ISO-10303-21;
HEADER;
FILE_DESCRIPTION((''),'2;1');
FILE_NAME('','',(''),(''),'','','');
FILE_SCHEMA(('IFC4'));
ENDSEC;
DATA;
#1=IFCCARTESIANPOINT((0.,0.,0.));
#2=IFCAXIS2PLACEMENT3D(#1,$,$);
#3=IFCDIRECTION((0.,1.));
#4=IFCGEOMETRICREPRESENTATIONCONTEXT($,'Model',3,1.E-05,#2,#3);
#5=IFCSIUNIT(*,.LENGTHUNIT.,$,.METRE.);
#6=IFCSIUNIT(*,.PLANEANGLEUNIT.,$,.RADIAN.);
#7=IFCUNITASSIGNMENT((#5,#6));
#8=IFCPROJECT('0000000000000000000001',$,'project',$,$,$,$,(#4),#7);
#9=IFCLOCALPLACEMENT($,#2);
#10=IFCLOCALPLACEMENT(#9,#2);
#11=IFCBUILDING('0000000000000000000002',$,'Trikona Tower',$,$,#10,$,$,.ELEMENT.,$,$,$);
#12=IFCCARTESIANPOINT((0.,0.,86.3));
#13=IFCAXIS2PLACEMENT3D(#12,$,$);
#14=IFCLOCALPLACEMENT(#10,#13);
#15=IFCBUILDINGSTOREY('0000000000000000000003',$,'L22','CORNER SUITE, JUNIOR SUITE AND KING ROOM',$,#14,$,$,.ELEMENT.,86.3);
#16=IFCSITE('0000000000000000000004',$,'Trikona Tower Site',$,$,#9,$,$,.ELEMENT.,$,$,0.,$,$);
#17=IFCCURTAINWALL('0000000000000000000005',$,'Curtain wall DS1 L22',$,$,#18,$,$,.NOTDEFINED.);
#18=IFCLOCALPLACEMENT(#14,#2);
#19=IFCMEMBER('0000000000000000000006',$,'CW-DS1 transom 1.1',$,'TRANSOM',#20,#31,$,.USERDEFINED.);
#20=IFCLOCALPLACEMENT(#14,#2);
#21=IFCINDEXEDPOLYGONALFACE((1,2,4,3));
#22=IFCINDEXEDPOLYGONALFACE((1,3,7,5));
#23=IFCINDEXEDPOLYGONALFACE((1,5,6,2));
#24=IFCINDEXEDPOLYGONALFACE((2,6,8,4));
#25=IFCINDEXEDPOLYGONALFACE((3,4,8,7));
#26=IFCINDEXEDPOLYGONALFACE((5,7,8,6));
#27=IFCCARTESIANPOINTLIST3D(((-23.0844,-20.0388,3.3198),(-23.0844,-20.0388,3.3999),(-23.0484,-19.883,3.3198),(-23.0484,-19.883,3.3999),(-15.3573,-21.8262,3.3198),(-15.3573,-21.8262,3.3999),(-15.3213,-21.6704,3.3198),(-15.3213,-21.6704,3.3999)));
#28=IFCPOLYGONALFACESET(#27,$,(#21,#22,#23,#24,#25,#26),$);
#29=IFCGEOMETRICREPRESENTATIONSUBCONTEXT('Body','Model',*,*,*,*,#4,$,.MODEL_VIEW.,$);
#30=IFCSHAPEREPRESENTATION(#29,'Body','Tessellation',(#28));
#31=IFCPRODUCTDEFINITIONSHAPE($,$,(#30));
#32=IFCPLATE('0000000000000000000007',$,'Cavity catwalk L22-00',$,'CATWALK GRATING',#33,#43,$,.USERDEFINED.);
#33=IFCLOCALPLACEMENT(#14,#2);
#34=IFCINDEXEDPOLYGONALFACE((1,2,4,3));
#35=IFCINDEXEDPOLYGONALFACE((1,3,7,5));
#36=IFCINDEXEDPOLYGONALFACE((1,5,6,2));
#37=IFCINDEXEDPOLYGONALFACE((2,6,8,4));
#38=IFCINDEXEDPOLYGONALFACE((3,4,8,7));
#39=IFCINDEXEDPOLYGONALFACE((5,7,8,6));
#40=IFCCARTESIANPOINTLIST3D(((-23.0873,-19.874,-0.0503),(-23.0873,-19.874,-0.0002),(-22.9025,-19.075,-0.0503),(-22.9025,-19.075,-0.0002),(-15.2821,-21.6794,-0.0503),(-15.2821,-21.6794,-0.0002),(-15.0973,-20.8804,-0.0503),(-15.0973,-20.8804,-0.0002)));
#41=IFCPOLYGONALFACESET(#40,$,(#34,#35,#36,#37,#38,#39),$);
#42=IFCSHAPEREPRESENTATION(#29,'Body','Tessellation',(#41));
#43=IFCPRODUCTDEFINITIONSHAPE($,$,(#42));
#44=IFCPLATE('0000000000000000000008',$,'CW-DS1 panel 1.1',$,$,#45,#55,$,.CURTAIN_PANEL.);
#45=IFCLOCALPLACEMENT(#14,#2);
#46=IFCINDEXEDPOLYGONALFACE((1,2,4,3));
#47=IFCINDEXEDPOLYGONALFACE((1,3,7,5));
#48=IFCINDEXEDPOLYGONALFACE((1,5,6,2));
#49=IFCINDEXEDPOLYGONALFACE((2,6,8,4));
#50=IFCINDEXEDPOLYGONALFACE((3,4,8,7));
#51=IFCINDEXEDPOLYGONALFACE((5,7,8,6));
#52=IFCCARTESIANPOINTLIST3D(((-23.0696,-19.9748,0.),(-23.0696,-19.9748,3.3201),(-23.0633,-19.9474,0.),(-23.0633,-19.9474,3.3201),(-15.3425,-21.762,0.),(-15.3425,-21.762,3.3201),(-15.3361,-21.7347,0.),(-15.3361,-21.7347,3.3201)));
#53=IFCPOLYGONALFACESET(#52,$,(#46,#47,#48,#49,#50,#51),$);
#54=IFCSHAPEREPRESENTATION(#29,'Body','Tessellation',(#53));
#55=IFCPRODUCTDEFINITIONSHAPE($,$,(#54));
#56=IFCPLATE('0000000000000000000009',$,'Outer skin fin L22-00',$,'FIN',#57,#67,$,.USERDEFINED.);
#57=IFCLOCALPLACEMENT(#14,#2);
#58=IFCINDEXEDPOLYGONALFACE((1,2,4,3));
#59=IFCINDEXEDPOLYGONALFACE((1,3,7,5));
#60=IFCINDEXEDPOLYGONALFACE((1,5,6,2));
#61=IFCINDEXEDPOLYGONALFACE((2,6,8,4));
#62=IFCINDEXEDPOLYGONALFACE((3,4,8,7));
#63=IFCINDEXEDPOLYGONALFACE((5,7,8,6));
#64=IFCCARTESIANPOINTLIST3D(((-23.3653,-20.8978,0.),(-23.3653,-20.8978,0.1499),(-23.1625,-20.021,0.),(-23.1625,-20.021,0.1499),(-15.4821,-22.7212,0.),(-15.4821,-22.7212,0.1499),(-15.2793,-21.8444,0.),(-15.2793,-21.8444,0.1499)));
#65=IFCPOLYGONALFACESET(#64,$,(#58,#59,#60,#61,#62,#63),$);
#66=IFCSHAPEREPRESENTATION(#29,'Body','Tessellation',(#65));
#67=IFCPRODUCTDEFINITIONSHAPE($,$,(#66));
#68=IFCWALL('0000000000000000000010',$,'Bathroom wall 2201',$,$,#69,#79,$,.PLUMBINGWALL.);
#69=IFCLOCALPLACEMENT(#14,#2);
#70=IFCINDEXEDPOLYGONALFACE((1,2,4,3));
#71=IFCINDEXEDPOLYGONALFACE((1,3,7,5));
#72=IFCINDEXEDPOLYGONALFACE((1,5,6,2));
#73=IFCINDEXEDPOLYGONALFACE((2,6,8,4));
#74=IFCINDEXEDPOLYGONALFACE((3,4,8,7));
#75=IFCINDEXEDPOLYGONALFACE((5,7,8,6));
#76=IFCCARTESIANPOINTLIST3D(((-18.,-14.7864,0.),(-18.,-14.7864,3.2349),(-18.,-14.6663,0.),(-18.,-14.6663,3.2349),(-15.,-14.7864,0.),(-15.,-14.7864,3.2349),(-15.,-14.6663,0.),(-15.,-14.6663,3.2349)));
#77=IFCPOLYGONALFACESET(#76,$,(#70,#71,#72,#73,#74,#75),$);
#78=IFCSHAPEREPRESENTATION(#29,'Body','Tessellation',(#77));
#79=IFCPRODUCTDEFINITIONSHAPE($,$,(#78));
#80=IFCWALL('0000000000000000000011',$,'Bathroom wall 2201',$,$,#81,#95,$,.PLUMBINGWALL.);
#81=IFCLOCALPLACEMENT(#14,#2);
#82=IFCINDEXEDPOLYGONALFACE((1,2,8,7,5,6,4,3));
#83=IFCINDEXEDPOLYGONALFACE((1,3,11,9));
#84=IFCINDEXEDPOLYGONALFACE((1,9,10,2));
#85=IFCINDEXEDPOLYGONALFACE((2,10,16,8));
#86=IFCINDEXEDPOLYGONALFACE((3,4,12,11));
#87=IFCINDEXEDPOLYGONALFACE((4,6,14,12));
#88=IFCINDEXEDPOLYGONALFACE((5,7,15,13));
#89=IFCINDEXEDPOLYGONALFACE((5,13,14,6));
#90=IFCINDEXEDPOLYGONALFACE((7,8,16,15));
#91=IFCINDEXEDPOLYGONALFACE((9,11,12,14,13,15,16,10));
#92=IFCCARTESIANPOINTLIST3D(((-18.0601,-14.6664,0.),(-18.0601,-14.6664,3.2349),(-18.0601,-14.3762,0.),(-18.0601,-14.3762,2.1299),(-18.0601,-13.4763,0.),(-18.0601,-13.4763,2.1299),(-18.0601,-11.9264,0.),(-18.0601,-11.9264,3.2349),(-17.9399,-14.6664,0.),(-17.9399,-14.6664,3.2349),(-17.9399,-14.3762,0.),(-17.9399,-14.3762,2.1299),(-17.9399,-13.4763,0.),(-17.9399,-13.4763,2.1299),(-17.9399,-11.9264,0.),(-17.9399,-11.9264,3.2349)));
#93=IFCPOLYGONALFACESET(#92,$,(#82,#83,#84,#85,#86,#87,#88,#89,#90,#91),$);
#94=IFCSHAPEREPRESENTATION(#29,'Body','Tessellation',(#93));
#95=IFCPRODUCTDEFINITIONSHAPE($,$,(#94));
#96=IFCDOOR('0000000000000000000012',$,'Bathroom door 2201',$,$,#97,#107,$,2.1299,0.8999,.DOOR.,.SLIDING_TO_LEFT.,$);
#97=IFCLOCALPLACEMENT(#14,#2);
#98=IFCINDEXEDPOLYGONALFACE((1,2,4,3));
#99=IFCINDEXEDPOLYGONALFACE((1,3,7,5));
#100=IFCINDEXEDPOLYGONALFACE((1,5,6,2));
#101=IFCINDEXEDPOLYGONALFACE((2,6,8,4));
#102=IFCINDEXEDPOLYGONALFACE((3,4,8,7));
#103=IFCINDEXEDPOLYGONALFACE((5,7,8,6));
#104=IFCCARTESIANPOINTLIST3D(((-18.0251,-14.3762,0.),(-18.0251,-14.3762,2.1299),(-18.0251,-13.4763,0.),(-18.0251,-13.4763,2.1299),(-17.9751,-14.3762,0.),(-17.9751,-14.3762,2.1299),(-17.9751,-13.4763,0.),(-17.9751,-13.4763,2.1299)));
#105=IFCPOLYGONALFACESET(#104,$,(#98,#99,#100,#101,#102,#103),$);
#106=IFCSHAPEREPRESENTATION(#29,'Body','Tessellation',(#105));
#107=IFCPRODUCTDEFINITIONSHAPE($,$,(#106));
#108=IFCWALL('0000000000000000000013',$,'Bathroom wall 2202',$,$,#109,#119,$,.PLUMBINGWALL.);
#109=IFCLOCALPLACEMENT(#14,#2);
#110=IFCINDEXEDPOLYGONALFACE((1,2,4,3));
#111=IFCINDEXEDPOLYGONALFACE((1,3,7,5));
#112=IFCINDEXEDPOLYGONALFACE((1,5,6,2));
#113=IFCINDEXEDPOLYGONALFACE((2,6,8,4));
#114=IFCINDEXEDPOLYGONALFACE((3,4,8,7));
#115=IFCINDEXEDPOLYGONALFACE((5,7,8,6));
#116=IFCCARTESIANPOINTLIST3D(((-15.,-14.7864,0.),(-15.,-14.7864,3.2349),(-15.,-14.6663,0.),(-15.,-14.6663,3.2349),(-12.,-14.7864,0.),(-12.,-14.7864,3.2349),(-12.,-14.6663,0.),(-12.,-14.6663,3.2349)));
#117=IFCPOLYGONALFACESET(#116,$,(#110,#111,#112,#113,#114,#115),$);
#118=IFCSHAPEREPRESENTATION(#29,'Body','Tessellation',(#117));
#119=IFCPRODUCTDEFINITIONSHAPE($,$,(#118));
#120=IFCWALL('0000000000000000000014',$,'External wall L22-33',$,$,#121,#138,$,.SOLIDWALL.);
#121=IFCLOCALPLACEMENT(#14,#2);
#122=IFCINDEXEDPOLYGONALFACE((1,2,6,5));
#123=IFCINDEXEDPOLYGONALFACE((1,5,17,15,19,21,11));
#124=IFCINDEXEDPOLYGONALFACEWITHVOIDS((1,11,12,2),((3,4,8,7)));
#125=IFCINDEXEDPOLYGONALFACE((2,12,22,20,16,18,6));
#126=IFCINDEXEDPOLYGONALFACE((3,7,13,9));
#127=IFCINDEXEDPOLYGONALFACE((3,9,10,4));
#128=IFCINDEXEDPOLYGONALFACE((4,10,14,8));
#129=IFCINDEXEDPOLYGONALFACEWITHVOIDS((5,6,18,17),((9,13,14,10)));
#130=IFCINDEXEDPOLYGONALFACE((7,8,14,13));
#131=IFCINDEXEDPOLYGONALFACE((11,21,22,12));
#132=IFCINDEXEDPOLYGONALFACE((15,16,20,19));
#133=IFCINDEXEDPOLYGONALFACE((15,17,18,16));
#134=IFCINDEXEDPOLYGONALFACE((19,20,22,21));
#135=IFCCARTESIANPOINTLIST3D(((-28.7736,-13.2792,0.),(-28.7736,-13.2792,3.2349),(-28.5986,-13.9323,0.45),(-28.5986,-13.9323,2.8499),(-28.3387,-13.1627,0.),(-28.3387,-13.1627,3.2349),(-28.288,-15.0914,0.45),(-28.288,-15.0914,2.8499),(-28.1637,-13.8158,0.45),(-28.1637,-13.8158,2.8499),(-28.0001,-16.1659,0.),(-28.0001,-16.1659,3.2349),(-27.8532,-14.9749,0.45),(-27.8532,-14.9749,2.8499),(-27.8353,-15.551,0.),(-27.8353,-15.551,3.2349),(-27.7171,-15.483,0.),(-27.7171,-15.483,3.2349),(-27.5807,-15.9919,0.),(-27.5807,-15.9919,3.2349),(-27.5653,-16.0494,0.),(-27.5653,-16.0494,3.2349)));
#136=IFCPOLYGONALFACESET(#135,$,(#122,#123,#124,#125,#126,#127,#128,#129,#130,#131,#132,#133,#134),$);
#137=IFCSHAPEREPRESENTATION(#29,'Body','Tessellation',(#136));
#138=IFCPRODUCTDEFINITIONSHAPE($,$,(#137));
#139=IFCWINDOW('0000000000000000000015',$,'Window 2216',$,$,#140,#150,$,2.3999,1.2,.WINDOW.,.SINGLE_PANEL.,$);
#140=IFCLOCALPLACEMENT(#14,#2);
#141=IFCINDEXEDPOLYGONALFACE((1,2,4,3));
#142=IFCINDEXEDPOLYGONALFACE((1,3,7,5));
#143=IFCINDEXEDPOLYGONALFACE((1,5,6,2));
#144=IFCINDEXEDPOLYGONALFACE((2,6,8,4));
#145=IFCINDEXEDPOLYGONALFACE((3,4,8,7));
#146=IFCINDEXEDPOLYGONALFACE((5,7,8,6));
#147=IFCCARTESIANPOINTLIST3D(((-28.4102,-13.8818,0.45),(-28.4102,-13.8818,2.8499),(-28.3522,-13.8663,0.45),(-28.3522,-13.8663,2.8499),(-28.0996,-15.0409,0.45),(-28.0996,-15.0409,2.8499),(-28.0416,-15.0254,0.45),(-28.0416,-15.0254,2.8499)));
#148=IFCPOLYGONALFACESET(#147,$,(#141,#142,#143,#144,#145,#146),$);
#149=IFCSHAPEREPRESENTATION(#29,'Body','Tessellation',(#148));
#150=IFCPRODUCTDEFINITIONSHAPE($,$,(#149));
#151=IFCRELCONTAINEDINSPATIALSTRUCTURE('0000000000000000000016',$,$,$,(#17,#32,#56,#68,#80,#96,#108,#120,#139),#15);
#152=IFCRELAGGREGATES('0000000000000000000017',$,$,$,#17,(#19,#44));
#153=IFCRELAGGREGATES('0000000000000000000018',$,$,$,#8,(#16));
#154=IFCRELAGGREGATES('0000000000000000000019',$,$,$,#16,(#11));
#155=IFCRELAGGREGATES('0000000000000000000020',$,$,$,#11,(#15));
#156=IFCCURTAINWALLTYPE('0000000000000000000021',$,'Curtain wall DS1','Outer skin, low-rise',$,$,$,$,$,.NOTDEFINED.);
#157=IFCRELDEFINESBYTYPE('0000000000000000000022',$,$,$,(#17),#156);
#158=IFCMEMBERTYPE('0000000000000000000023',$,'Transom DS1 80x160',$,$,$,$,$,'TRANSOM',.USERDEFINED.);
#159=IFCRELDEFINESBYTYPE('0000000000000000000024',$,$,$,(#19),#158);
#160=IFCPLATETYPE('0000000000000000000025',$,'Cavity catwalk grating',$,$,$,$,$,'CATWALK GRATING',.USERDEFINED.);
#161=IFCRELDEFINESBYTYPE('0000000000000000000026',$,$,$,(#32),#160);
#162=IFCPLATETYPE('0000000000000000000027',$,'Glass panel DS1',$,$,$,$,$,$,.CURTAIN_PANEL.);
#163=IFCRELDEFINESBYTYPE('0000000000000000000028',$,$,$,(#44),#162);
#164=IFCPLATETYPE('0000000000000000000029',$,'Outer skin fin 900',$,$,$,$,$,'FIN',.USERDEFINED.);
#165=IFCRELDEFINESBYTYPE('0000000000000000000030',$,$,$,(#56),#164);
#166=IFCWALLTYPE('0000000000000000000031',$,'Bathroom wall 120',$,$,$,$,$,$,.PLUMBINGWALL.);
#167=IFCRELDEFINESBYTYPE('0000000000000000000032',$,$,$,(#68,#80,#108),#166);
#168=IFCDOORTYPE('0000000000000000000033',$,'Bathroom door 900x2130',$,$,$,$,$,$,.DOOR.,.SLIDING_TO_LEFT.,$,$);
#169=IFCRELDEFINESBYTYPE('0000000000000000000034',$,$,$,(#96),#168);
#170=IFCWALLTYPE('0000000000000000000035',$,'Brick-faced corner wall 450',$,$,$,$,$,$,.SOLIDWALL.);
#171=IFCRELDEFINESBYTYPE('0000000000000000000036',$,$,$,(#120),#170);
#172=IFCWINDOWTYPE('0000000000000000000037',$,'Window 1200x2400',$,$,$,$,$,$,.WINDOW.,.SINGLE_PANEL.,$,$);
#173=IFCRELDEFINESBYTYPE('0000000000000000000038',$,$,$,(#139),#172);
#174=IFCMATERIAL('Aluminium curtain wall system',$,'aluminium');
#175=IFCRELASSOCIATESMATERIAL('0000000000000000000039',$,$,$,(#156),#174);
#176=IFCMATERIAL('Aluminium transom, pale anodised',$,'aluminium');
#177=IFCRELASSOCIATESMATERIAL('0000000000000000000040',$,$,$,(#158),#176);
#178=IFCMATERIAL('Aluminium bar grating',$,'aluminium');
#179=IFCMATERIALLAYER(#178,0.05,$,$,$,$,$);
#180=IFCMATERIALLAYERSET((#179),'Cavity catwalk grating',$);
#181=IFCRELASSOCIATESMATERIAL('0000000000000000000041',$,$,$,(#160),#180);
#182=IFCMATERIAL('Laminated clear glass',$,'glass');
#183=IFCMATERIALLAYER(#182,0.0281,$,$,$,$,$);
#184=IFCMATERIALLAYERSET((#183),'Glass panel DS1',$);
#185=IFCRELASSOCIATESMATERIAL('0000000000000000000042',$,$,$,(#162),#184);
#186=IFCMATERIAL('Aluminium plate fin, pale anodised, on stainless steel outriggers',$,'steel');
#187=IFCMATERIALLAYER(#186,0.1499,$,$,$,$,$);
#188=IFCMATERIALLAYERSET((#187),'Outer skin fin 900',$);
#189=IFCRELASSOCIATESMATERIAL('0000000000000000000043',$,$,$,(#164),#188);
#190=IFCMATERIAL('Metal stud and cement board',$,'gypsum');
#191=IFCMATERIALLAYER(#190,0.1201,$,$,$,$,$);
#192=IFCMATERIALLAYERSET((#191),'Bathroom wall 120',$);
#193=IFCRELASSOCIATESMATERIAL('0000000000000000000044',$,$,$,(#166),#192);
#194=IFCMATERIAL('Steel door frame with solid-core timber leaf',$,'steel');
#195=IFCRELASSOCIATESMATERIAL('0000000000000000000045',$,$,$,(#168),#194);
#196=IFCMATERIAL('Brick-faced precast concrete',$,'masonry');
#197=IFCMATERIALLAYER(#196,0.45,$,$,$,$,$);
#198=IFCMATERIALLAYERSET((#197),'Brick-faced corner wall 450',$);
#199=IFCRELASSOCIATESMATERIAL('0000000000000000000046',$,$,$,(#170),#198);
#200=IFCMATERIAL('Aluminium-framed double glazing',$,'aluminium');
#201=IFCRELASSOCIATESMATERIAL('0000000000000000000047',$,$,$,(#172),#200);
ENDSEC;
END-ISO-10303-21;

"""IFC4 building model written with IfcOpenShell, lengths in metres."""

from ifc_helpers import new_model, si_unit, direction, frame, frame_2d, origin, origin_2d, place, context, subcontext, project, spatial, polyline, rectangle, outline, extrude, material, layer, layer_set, material_profile, profile_set, type_object, element, fill, aggregate, save


model = new_model("IFC4")

# Units and contexts
model_context = context("Model", 3, precision=1e-05, world=origin(), true_north=direction((0.0, 1.0)))
body_context = subcontext(model_context, "Body", "Model", "MODEL_VIEW")
ifc_project = project(units=[si_unit("LENGTHUNIT", "METRE"), si_unit("PLANEANGLEUNIT", "RADIAN")], contexts=[model_context])

# Site, building, storey
site_placement = place(None, origin())
site = spatial("IfcSite", under=ifc_project, at=site_placement, Name="Trikona Tower Site", CompositionType="ELEMENT", RefElevation=0.0)
building_placement = place(site_placement, origin())
building = spatial("IfcBuilding", under=site, at=building_placement, Name="Trikona Tower", CompositionType="ELEMENT")
storey_placement = place(building_placement, frame((0.0, 0.0, 86.3)))
storey = spatial("IfcBuildingStorey", under=building, at=storey_placement, Name="L22", Description="CORNER SUITE, JUNIOR SUITE AND KING ROOM", CompositionType="ELEMENT", Elevation=86.3)

# Curtain wall
ifc_material_1 = material(Name="Aluminium curtain wall system", Category="aluminium")
curtain_wall_type = type_object("IfcCurtainWallType", Name="Curtain wall DS1", Description="Outer skin, low-rise", PredefinedType="NOTDEFINED", material=ifc_material_1)
curtain_wall_1_placement = place(storey_placement, origin())
curtain_wall_1 = element("IfcCurtainWall", 1, at=curtain_wall_1_placement, inside=storey, type_object=curtain_wall_type, Name="Curtain wall DS1 L22", PredefinedType="NOTDEFINED")

# Member
ifc_material_2 = material(Name="Aluminium transom, pale anodised", Category="aluminium")
ifc_material_profile_1 = material_profile(ifc_material_2, rectangle(XDim=0.1599, YDim=0.0801, at=origin_2d()), Name="TRN-DS1")
ifc_profile_set_1 = profile_set([ifc_material_profile_1], Name="Aluminium transom, pale anodised")
member_type_1 = type_object("IfcMemberType", Name="Transom DS1 80x160", ElementType="TRANSOM", PredefinedType="USERDEFINED", material=ifc_profile_set_1)
member_1_placement = place(storey_placement, frame((-23.0664, -19.9609, 3.3599), z_axis=(0.974275, -0.225361, 0.0), x_axis=(0.225361, 0.974275, 0.0)))
member_1 = element("IfcMember", 2, at=member_1_placement, type_object=member_type_1, Name="CW-DS1 transom 1.1", ObjectType="TRANSOM", PredefinedType="USERDEFINED", context=body_context, shape_type="SweptSolid", body=[
    extrude(rectangle(XDim=0.1599, YDim=0.0801, at=origin_2d()), origin(), (0.0, 0.0, 1.0), 7.9312),
])

# Plates
ifc_material_3 = material(Name="Aluminium bar grating", Category="aluminium")
ifc_layer_1 = layer(ifc_material_3, 0.05)
ifc_layer_set_1 = layer_set([ifc_layer_1], Name="Cavity catwalk grating")
plate_type_1 = type_object("IfcPlateType", Name="Cavity catwalk grating", ElementType="CATWALK GRATING", PredefinedType="USERDEFINED", material=ifc_layer_set_1)
plate_1_placement = place(storey_placement, frame((-19.0923, -20.3772, -0.0503), z_axis=(0.0, 0.0, 1.0), x_axis=(0.974278, -0.225351, 0.0)))
element("IfcPlate", 3, at=plate_1_placement, inside=storey, type_object=plate_type_1, Name="Cavity catwalk L22-00", ObjectType="CATWALK GRATING", PredefinedType="USERDEFINED", context=body_context, shape_type="SweptSolid", body=[
    extrude(rectangle(XDim=8.0112, YDim=0.8201, at=origin_2d()), origin(), (0.0, 0.0, 1.0), 0.05),
])
ifc_material_4 = material(Name="Laminated clear glass", Category="glass")
ifc_layer_2 = layer(ifc_material_4, 0.0281)
ifc_layer_set_2 = layer_set([ifc_layer_2], Name="Glass panel DS1")
plate_type_2 = type_object("IfcPlateType", Name="Glass panel DS1", PredefinedType="CURTAIN_PANEL", material=ifc_layer_set_2)
plate_2_placement = place(storey_placement, frame((-19.2029, -20.8547, 0.0), z_axis=(0.0, 0.0, 1.0), x_axis=(0.974279, -0.225343, 0.0)))
plate_2 = element("IfcPlate", 4, at=plate_2_placement, type_object=plate_type_2, Name="CW-DS1 panel 1.1", PredefinedType="CURTAIN_PANEL", context=body_context, shape_type="SweptSolid", body=[
    extrude(rectangle(XDim=7.9312, YDim=0.0281, at=origin_2d()), origin(), (0.0, 0.0, 1.0), 3.3201),
])
aggregate(curtain_wall_1, [member_1, plate_2])
ifc_material_5 = material(Name="Aluminium plate fin, pale anodised, on stainless steel outriggers", Category="steel")
ifc_layer_3 = layer(ifc_material_5, 0.1499)
ifc_layer_set_3 = layer_set([ifc_layer_3], Name="Outer skin fin 900")
plate_type_3 = type_object("IfcPlateType", Name="Outer skin fin 900", ElementType="FIN", PredefinedType="USERDEFINED", material=ifc_layer_set_3)
plate_3_placement = place(storey_placement, frame((-19.3223, -21.3711, 0.0), z_axis=(0.0, 0.0, 1.0), x_axis=(0.974278, -0.225351, 0.0)))
element("IfcPlate", 5, at=plate_3_placement, inside=storey, type_object=plate_type_3, Name="Outer skin fin L22-00", ObjectType="FIN", PredefinedType="USERDEFINED", context=body_context, shape_type="SweptSolid", body=[
    extrude(rectangle(XDim=8.0913, YDim=0.8999, at=origin_2d()), origin(), (0.0, 0.0, 1.0), 0.1499),
])

# Wall
ifc_material_6 = material(Name="Metal stud and cement board", Category="gypsum")
ifc_layer_4 = layer(ifc_material_6, 0.1201)
ifc_layer_set_4 = layer_set([ifc_layer_4], Name="Bathroom wall 120")
wall_type_1 = type_object("IfcWallType", Name="Bathroom wall 120", PredefinedType="PLUMBINGWALL", material=ifc_layer_set_4)
wall_1_placement = place(storey_placement, frame((-18.0, -14.7263, 0.0), z_axis=(0.0, 0.0, 1.0), x_axis=(1.0, 0.0, 0.0)))
element("IfcWall", 6, at=wall_1_placement, inside=storey, type_object=wall_type_1, Name="Bathroom wall 2201", PredefinedType="PLUMBINGWALL", context=body_context, shape_type="SweptSolid", body=[
    extrude(rectangle(XDim=3.0, YDim=0.1201, at=frame_2d((1.5, 0.0))), origin(), (0.0, 0.0, 1.0), 3.2349),
])

# Wall, opening, door
wall_2_placement = place(storey_placement, frame((-18.0, -11.9263, 0.0), z_axis=(0.0, 0.0, 1.0), x_axis=(0.0, -1.0, 0.0)))
wall_2 = element("IfcWall", 7, at=wall_2_placement, inside=storey, type_object=wall_type_1, Name="Bathroom wall 2201", PredefinedType="PLUMBINGWALL", context=body_context, shape_type="SweptSolid", body=[
    extrude(rectangle(XDim=2.74, YDim=0.1201, at=frame_2d((1.3701, 0.0))), origin(), (0.0, 0.0, 1.0), 3.2349),
])
opening_1_placement = place(wall_2_placement, frame((1.55, 0.0, 0.0)))
opening_1 = element("IfcOpeningElement", 8, at=opening_1_placement, cuts=wall_2, PredefinedType="OPENING", context=body_context, shape_type="SweptSolid", body=[
    extrude(rectangle(XDim=0.8999, YDim=2.1299, at=frame_2d((0.45, 1.0649))), frame((0.0, 0.0701, 0.0), z_axis=(0.0, -1.0, 0.0), x_axis=(1.0, 0.0, 0.0)), (0.0, 0.0, 1.0), 0.1401),
])
ifc_material_7 = material(Name="Steel door frame with solid-core timber leaf", Category="steel")
door_type = type_object("IfcDoorType", Name="Bathroom door 900x2130", OperationType="SLIDING_TO_LEFT", PredefinedType="DOOR", material=ifc_material_7)
door_placement = place(opening_1_placement, origin())
door = element("IfcDoor", 9, at=door_placement, inside=storey, type_object=door_type, Name="Bathroom door 2201", OperationType="SLIDING_TO_LEFT", OverallHeight=2.1299, OverallWidth=0.8999, PredefinedType="DOOR", context=body_context, shape_type="SweptSolid", body=[
    extrude(rectangle(XDim=0.8999, YDim=2.1299, at=frame_2d((0.45, 1.0649))), frame((0.0, 0.0249, 0.0), z_axis=(0.0, -1.0, 0.0), x_axis=(1.0, 0.0, 0.0)), (0.0, 0.0, 1.0), 0.05),
])
fill(opening_1, door)

# Wall
wall_3_placement = place(storey_placement, frame((-15.0, -14.7263, 0.0), z_axis=(0.0, 0.0, 1.0), x_axis=(1.0, 0.0, 0.0)))
element("IfcWall", 10, at=wall_3_placement, inside=storey, type_object=wall_type_1, Name="Bathroom wall 2202", PredefinedType="PLUMBINGWALL", context=body_context, shape_type="SweptSolid", body=[
    extrude(rectangle(XDim=3.0, YDim=0.1201, at=frame_2d((1.5, 0.0))), origin(), (0.0, 0.0, 1.0), 3.2349),
])

# Wall, opening, window
ifc_material_8 = material(Name="Brick-faced precast concrete", Category="masonry")
ifc_layer_5 = layer(ifc_material_8, 0.45)
ifc_layer_set_5 = layer_set([ifc_layer_5], Name="Brick-faced corner wall 450")
wall_type_2 = type_object("IfcWallType", Name="Brick-faced corner wall 450", PredefinedType="SOLIDWALL", material=ifc_layer_set_5)
wall_4_placement = place(storey_placement, frame((-28.5562, -13.2209, 0.0), z_axis=(0.0, 0.0, 1.0), x_axis=(0.258801, -0.965931, 0.0)))
wall_4 = element("IfcWall", 11, at=wall_4_placement, inside=storey, type_object=wall_type_2, Name="External wall L22-33", PredefinedType="SOLIDWALL", context=body_context, shape_type="SweptSolid", body=[
    extrude(outline(polyline([(2.9885, 0.2251), (2.929, 0.2251), (2.4373, 0.0933), (2.4021, 0.2251), (0.0, 0.2251), (0.0, -0.2251), (2.9885, -0.2251), (2.9885, 0.2251)])), origin(), (0.0, 0.0, 1.0), 3.2349),
])
opening_2_placement = place(wall_4_placement, frame((0.676, 0.0, 0.45)))
opening_2 = element("IfcOpeningElement", 12, at=opening_2_placement, cuts=wall_4, PredefinedType="OPENING", context=body_context, shape_type="SweptSolid", body=[
    extrude(rectangle(XDim=1.2, YDim=2.3999, at=frame_2d((0.6001, 1.2))), frame((0.0, 0.2349, 0.0), z_axis=(0.0, -1.0, 0.0), x_axis=(1.0, 0.0, 0.0)), (0.0, 0.0, 1.0), 0.47),
])
ifc_material_9 = material(Name="Aluminium-framed double glazing", Category="aluminium")
window_type_1 = type_object("IfcWindowType", Name="Window 1200x2400", PartitioningType="SINGLE_PANEL", PredefinedType="WINDOW", material=ifc_material_9)
window_1_placement = place(opening_2_placement, origin())
window_1 = element("IfcWindow", 13, at=window_1_placement, inside=storey, type_object=window_type_1, Name="Window 2216", OverallHeight=2.3999, OverallWidth=1.2, PartitioningType="SINGLE_PANEL", PredefinedType="WINDOW", context=body_context, shape_type="SweptSolid", body=[
    extrude(rectangle(XDim=1.2, YDim=2.3999, at=frame_2d((0.6001, 1.2))), frame((0.0, 0.03, 0.0), z_axis=(0.0, -1.0, 0.0), x_axis=(1.0, 0.0, 0.0)), (0.0, 0.0, 1.0), 0.0601),
])
fill(opening_2, window_1)

save(model, "model.ifc")
